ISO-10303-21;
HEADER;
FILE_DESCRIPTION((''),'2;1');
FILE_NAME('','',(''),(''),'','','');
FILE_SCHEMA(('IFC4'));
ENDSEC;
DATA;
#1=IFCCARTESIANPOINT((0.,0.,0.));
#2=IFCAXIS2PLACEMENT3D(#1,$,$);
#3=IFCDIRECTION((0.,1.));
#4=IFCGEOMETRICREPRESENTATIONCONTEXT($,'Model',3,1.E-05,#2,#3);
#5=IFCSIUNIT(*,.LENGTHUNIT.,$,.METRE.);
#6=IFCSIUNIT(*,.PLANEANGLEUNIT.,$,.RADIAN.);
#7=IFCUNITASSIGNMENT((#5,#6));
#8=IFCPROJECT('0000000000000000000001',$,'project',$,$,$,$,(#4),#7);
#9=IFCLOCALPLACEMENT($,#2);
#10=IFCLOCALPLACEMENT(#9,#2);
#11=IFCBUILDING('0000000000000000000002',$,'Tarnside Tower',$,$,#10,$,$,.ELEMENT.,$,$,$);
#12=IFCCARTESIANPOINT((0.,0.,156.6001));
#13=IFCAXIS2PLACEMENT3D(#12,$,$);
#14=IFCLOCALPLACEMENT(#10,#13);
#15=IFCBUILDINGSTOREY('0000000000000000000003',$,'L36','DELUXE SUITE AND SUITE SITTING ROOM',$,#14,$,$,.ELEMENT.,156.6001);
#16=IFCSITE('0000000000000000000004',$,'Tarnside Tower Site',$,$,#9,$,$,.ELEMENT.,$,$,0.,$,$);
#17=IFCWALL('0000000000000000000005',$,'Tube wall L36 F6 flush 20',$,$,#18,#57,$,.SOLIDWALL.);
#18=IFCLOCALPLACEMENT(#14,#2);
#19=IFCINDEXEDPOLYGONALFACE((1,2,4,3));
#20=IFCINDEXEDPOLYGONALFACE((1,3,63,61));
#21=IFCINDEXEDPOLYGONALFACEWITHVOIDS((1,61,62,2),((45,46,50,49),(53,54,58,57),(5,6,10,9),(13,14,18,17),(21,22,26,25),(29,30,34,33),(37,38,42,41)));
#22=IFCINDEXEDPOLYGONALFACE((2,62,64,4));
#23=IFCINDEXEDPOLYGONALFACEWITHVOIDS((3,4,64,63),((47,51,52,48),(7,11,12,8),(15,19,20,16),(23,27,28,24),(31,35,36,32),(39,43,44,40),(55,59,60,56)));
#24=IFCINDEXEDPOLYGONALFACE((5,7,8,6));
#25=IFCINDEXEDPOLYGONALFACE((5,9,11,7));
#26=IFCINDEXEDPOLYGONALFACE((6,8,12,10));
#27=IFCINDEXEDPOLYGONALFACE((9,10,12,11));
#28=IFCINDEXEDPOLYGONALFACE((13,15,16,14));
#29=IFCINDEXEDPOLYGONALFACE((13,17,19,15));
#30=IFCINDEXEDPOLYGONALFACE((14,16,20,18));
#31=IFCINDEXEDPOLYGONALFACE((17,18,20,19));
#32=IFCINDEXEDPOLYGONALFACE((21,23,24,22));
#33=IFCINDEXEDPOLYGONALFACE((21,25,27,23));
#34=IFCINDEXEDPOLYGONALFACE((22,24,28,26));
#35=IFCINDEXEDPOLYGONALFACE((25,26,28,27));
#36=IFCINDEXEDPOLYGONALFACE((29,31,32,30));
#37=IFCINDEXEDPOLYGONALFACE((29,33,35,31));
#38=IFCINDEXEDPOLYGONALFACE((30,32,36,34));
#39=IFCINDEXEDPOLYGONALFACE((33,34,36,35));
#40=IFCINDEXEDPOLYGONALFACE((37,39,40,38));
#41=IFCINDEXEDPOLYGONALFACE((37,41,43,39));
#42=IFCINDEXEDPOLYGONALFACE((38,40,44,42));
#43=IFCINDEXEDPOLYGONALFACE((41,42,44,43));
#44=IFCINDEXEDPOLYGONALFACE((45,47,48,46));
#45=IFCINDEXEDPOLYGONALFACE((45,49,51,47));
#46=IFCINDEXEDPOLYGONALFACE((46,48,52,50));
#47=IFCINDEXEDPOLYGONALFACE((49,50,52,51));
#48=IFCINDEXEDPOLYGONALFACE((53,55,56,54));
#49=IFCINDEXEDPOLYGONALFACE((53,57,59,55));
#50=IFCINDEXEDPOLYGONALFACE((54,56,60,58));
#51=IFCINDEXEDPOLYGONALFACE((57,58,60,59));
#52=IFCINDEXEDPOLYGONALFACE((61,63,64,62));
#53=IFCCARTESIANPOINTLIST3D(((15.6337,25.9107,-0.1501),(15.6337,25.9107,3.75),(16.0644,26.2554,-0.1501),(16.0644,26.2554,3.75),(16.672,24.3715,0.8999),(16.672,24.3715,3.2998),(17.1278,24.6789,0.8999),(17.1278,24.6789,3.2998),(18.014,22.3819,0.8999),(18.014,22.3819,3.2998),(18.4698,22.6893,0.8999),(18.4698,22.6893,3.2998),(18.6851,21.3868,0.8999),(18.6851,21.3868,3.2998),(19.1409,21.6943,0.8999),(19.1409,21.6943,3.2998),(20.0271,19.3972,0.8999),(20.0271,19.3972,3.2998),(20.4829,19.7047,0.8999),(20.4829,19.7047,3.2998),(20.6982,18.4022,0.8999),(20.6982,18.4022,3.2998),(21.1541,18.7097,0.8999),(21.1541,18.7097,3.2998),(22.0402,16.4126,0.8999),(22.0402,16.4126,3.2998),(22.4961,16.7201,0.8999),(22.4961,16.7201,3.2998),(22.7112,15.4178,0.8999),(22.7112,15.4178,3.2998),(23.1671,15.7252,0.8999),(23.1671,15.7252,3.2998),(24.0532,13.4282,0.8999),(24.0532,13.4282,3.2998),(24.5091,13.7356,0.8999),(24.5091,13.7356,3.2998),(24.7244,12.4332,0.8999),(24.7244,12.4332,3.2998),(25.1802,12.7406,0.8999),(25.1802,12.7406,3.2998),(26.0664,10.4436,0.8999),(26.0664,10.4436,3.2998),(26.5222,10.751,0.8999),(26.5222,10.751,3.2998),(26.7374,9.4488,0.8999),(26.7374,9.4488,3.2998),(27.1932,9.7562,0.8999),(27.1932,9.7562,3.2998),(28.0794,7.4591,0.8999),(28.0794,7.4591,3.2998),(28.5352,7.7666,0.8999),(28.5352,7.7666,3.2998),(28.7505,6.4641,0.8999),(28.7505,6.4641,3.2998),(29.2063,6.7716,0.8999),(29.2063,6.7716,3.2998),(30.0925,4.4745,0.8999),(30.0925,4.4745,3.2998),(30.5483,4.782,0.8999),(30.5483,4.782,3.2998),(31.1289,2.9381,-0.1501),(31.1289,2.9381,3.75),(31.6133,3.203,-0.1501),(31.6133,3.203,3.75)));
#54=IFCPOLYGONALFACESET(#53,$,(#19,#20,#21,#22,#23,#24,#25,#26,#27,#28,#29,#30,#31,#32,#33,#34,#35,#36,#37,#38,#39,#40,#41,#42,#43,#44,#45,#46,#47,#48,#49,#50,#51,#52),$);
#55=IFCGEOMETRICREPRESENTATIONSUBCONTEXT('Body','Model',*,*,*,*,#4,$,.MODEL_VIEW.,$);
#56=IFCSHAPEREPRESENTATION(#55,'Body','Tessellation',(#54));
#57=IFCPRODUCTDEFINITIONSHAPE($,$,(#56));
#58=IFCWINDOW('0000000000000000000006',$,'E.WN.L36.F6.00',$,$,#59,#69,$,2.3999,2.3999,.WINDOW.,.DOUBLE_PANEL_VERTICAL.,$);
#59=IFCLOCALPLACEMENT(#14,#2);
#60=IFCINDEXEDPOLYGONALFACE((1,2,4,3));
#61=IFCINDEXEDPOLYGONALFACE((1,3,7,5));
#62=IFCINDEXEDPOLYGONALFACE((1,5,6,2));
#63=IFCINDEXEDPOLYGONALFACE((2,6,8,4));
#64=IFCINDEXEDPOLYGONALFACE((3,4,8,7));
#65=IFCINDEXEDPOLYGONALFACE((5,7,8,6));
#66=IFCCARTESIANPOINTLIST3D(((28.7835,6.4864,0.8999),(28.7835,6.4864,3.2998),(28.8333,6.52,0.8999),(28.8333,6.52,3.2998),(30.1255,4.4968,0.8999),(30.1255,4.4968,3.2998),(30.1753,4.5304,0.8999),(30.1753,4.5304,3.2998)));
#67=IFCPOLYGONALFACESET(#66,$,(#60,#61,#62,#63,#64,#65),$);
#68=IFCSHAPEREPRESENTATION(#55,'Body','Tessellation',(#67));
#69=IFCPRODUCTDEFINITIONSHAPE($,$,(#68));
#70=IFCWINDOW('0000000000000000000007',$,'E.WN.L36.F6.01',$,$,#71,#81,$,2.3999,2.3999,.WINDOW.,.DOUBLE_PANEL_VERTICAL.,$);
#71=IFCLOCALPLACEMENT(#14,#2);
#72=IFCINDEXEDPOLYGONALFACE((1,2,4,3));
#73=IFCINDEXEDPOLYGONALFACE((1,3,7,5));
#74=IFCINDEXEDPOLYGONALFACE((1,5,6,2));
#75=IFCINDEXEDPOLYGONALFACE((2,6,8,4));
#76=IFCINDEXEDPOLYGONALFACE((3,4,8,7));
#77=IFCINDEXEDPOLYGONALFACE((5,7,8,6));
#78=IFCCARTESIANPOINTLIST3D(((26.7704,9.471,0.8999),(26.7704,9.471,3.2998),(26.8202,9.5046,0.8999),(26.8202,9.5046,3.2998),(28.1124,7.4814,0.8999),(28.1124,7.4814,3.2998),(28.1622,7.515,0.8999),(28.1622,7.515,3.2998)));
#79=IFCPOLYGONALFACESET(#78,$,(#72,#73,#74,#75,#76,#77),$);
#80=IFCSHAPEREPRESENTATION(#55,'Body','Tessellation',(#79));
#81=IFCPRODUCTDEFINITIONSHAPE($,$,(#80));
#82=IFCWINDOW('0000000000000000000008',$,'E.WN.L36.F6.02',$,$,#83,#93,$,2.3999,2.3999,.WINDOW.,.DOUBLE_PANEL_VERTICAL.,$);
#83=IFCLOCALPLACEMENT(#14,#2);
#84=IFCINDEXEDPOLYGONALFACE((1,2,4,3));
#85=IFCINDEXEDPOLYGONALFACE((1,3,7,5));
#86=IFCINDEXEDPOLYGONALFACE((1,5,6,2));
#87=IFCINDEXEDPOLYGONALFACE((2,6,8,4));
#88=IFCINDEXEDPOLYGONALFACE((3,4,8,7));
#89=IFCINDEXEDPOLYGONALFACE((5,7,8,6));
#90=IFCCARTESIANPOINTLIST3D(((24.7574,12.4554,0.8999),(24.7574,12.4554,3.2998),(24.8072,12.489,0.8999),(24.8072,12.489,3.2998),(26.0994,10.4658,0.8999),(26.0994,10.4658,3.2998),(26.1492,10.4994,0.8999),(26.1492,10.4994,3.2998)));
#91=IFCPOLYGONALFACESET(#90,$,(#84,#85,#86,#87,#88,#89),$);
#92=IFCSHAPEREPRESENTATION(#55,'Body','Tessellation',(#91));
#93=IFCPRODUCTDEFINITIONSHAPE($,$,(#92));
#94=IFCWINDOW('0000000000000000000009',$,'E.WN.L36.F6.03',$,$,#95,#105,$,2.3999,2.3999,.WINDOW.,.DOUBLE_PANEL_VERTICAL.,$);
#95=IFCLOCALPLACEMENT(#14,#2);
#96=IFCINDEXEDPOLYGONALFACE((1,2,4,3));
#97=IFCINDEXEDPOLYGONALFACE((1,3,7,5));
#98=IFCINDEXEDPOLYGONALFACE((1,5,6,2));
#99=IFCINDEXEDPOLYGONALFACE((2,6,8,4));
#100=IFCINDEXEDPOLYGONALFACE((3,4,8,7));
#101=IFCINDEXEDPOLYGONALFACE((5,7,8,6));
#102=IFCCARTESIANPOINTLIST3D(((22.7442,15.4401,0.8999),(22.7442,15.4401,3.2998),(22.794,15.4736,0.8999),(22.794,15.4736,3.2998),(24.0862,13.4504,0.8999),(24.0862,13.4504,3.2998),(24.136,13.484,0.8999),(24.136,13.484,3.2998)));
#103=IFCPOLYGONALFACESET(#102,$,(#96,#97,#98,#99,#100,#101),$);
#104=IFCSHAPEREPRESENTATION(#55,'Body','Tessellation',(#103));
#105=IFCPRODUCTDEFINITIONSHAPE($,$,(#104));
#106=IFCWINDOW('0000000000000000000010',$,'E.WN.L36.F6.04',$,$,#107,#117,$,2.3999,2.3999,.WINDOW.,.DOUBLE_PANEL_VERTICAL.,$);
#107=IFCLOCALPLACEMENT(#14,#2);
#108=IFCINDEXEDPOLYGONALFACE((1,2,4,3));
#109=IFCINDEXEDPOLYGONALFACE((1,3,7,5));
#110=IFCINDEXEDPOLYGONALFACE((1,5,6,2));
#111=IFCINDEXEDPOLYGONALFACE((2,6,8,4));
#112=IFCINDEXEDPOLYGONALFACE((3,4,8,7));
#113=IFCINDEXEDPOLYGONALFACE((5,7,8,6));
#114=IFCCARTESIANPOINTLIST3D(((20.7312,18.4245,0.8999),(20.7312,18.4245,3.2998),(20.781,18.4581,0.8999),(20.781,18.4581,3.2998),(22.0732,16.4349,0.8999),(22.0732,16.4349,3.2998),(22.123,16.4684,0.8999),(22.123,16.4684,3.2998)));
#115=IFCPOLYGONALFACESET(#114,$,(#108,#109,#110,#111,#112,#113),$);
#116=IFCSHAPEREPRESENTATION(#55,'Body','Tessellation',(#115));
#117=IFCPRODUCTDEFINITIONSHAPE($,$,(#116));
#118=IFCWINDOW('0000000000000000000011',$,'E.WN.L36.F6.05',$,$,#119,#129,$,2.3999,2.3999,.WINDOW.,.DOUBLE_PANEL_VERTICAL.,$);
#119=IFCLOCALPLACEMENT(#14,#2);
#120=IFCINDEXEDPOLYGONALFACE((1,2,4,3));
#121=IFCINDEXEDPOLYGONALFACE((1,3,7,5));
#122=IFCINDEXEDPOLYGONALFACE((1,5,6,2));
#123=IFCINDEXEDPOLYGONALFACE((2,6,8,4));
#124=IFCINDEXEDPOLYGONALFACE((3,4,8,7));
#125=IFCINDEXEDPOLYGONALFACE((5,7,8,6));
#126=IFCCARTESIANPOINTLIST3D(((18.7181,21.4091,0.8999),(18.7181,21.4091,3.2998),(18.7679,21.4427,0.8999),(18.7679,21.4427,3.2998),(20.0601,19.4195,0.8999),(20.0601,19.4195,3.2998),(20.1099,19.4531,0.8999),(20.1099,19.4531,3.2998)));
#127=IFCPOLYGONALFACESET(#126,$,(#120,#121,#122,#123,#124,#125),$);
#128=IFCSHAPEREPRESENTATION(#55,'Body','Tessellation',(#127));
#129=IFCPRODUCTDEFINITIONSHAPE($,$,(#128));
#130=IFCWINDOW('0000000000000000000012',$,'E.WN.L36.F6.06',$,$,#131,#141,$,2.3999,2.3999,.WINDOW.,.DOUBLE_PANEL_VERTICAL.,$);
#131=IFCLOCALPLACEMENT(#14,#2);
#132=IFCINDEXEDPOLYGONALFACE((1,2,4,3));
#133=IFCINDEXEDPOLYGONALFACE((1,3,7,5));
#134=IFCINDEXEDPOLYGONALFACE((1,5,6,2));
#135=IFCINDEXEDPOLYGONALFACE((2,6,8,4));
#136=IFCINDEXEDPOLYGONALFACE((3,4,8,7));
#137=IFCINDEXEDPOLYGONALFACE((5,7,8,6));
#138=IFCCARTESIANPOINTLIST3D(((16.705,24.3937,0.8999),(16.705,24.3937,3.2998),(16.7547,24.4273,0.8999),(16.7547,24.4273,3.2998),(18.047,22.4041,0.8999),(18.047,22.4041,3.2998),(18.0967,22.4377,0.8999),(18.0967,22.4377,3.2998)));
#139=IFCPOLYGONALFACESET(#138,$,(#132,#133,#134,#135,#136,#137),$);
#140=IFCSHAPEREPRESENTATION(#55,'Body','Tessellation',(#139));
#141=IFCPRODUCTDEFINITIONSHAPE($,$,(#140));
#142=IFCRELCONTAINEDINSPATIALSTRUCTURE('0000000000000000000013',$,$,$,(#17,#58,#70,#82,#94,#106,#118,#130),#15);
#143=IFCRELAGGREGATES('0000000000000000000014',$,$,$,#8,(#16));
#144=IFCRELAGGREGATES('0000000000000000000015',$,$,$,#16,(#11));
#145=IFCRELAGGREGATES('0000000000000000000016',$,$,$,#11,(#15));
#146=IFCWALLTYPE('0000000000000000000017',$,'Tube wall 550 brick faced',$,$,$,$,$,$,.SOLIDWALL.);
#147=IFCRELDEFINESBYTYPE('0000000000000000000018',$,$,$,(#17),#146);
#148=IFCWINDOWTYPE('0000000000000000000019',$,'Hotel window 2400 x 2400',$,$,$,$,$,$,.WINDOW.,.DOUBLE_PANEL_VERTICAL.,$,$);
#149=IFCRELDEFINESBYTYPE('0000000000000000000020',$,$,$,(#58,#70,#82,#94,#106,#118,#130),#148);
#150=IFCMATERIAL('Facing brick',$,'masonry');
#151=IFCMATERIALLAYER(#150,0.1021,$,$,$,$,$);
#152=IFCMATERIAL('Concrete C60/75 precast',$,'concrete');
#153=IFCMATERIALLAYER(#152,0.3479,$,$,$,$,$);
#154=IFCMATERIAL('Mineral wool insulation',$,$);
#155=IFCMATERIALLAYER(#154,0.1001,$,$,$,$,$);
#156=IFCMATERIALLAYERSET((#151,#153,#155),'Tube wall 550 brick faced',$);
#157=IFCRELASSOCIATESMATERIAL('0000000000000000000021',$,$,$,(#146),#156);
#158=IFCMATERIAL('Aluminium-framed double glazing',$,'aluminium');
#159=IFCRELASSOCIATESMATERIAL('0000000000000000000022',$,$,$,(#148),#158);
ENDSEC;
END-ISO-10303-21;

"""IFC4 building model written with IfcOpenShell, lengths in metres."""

from ifc_helpers import new_model, si_unit, direction, frame, frame_2d, origin, place, context, subcontext, project, spatial, polyline, rectangle, outline, extrude, material, layer, layer_set, type_object, element, fill, save


model = new_model("IFC4")

# Units and contexts
model_context = context("Model", 3, precision=1e-05, world=origin(), true_north=direction((0.0, 1.0)))
body_context = subcontext(model_context, "Body", "Model", "MODEL_VIEW")
ifc_project = project(units=[si_unit("LENGTHUNIT", "METRE"), si_unit("PLANEANGLEUNIT", "RADIAN")], contexts=[model_context])

# Site, building, storey
site_placement = place(None, origin())
site = spatial("IfcSite", under=ifc_project, at=site_placement, Name="Tarnside Tower Site", CompositionType="ELEMENT", RefElevation=0.0)
building_placement = place(site_placement, origin())
building = spatial("IfcBuilding", under=site, at=building_placement, Name="Tarnside Tower", CompositionType="ELEMENT")
storey_placement = place(building_placement, frame((0.0, 0.0, 156.6001)))
storey = spatial("IfcBuildingStorey", under=building, at=storey_placement, Name="L36", Description="DELUXE SUITE AND SUITE SITTING ROOM", CompositionType="ELEMENT", Elevation=156.6001)

# Shared definitions
ifc_material_1 = material(Name="Facing brick", Category="masonry")
ifc_layer_1 = layer(ifc_material_1, 0.1021)
ifc_material_2 = material(Name="Concrete C60/75 precast", Category="concrete")
ifc_layer_2 = layer(ifc_material_2, 0.3479)
ifc_material_3 = material(Name="Mineral wool insulation")
ifc_layer_3 = layer(ifc_material_3, 0.1001)
ifc_layer_set_1 = layer_set([ifc_layer_1, ifc_layer_2, ifc_layer_3], Name="Tube wall 550 brick faced")
wall_type_1 = type_object("IfcWallType", Name="Tube wall 550 brick faced", PredefinedType="SOLIDWALL", material=ifc_layer_set_1)

# Wall, openings, windows
wall_1_placement = place(storey_placement, frame((31.3711, 3.0706, -0.1501), z_axis=(0.0, 0.0, 1.0), x_axis=(-0.55919, 0.82904, 0.0)))
wall_1 = element("IfcWall", 1, at=wall_1_placement, inside=storey, type_object=wall_type_1, Name="Tube wall L36 F6 flush 20", PredefinedType="SOLIDWALL", context=body_context, shape_type="SweptSolid", body=[
    extrude(outline(polyline([(-0.0256, -0.2749), (27.7805, -0.2749), (27.7356, 0.2749), (0.0256, 0.2749), (-0.0256, -0.2749)])), origin(), (0.0, 0.0, 1.0), 3.9001),
])
opening_1_placement = place(wall_1_placement, frame((1.8789, 0.0, 1.05)))
opening_1 = element("IfcOpeningElement", 2, at=opening_1_placement, cuts=wall_1, PredefinedType="OPENING", context=body_context, shape_type="SweptSolid", body=[
    extrude(rectangle(XDim=2.3999, YDim=2.3999, at=frame_2d((1.2, 1.2))), frame((0.0, 0.2852, 0.0), z_axis=(0.0, -1.0, 0.0), x_axis=(1.0, 0.0, 0.0)), (0.0, 0.0, 1.0), 0.5701),
])
opening_2_placement = place(wall_1_placement, frame((5.479, 0.0, 1.05)))
opening_2 = element("IfcOpeningElement", 3, at=opening_2_placement, cuts=wall_1, PredefinedType="OPENING", context=body_context, shape_type="SweptSolid", body=[
    extrude(rectangle(XDim=2.3999, YDim=2.3999, at=frame_2d((1.2, 1.2))), frame((0.0, 0.2852, 0.0), z_axis=(0.0, -1.0, 0.0), x_axis=(1.0, 0.0, 0.0)), (0.0, 0.0, 1.0), 0.5701),
])
opening_3_placement = place(wall_1_placement, frame((9.0789, 0.0, 1.05)))
opening_3 = element("IfcOpeningElement", 4, at=opening_3_placement, cuts=wall_1, PredefinedType="OPENING", context=body_context, shape_type="SweptSolid", body=[
    extrude(rectangle(XDim=2.3999, YDim=2.3999, at=frame_2d((1.2, 1.2))), frame((0.0, 0.2852, 0.0), z_axis=(0.0, -1.0, 0.0), x_axis=(1.0, 0.0, 0.0)), (0.0, 0.0, 1.0), 0.5701),
])
opening_4_placement = place(wall_1_placement, frame((12.679, 0.0, 1.05)))
opening_4 = element("IfcOpeningElement", 5, at=opening_4_placement, cuts=wall_1, PredefinedType="OPENING", context=body_context, shape_type="SweptSolid", body=[
    extrude(rectangle(XDim=2.3999, YDim=2.3999, at=frame_2d((1.2, 1.2))), frame((0.0, 0.2852, 0.0), z_axis=(0.0, -1.0, 0.0), x_axis=(1.0, 0.0, 0.0)), (0.0, 0.0, 1.0), 0.5701),
])
opening_5_placement = place(wall_1_placement, frame((16.2788, 0.0, 1.05)))
opening_5 = element("IfcOpeningElement", 6, at=opening_5_placement, cuts=wall_1, PredefinedType="OPENING", context=body_context, shape_type="SweptSolid", body=[
    extrude(rectangle(XDim=2.3999, YDim=2.3999, at=frame_2d((1.2, 1.2))), frame((0.0, 0.2852, 0.0), z_axis=(0.0, -1.0, 0.0), x_axis=(1.0, 0.0, 0.0)), (0.0, 0.0, 1.0), 0.5701),
])
opening_6_placement = place(wall_1_placement, frame((19.8789, 0.0, 1.05)))
opening_6 = element("IfcOpeningElement", 7, at=opening_6_placement, cuts=wall_1, PredefinedType="OPENING", context=body_context, shape_type="SweptSolid", body=[
    extrude(rectangle(XDim=2.3999, YDim=2.3999, at=frame_2d((1.2, 1.2))), frame((0.0, 0.2852, 0.0), z_axis=(0.0, -1.0, 0.0), x_axis=(1.0, 0.0, 0.0)), (0.0, 0.0, 1.0), 0.5701),
])
opening_7_placement = place(wall_1_placement, frame((23.479, 0.0, 1.05)))
opening_7 = element("IfcOpeningElement", 8, at=opening_7_placement, cuts=wall_1, PredefinedType="OPENING", context=body_context, shape_type="SweptSolid", body=[
    extrude(rectangle(XDim=2.3999, YDim=2.3999, at=frame_2d((1.2, 1.2))), frame((0.0, 0.2852, 0.0), z_axis=(0.0, -1.0, 0.0), x_axis=(1.0, 0.0, 0.0)), (0.0, 0.0, 1.0), 0.5701),
])
ifc_material_4 = material(Name="Aluminium-framed double glazing", Category="aluminium")
window_type = type_object("IfcWindowType", Name="Hotel window 2400 x 2400", PartitioningType="DOUBLE_PANEL_VERTICAL", PredefinedType="WINDOW", material=ifc_material_4)
window_1_placement = place(opening_1_placement, frame((0.0, 0.2051, 0.0)))
window_1 = element("IfcWindow", 9, at=window_1_placement, inside=storey, type_object=window_type, Name="E.WN.L36.F6.00", OverallHeight=2.3999, OverallWidth=2.3999, PartitioningType="DOUBLE_PANEL_VERTICAL", PredefinedType="WINDOW", context=body_context, shape_type="SweptSolid", body=[
    extrude(rectangle(XDim=2.3999, YDim=2.3999, at=frame_2d((1.2, 1.2))), frame((0.0, 0.03, 0.0), z_axis=(0.0, -1.0, 0.0), x_axis=(1.0, 0.0, 0.0)), (0.0, 0.0, 1.0), 0.0601),
])
fill(opening_1, window_1)
window_2_placement = place(opening_2_placement, frame((0.0, 0.2051, 0.0)))
window_2 = element("IfcWindow", 10, at=window_2_placement, inside=storey, type_object=window_type, Name="E.WN.L36.F6.01", OverallHeight=2.3999, OverallWidth=2.3999, PartitioningType="DOUBLE_PANEL_VERTICAL", PredefinedType="WINDOW", context=body_context, shape_type="SweptSolid", body=[
    extrude(rectangle(XDim=2.3999, YDim=2.3999, at=frame_2d((1.2, 1.2))), frame((0.0, 0.03, 0.0), z_axis=(0.0, -1.0, 0.0), x_axis=(1.0, 0.0, 0.0)), (0.0, 0.0, 1.0), 0.0601),
])
fill(opening_2, window_2)
window_3_placement = place(opening_3_placement, frame((0.0, 0.2051, 0.0)))
window_3 = element("IfcWindow", 11, at=window_3_placement, inside=storey, type_object=window_type, Name="E.WN.L36.F6.02", OverallHeight=2.3999, OverallWidth=2.3999, PartitioningType="DOUBLE_PANEL_VERTICAL", PredefinedType="WINDOW", context=body_context, shape_type="SweptSolid", body=[
    extrude(rectangle(XDim=2.3999, YDim=2.3999, at=frame_2d((1.2, 1.2))), frame((0.0, 0.03, 0.0), z_axis=(0.0, -1.0, 0.0), x_axis=(1.0, 0.0, 0.0)), (0.0, 0.0, 1.0), 0.0601),
])
fill(opening_3, window_3)
window_4_placement = place(opening_4_placement, frame((0.0, 0.2051, 0.0)))
window_4 = element("IfcWindow", 12, at=window_4_placement, inside=storey, type_object=window_type, Name="E.WN.L36.F6.03", OverallHeight=2.3999, OverallWidth=2.3999, PartitioningType="DOUBLE_PANEL_VERTICAL", PredefinedType="WINDOW", context=body_context, shape_type="SweptSolid", body=[
    extrude(rectangle(XDim=2.3999, YDim=2.3999, at=frame_2d((1.2, 1.2))), frame((0.0, 0.03, 0.0), z_axis=(0.0, -1.0, 0.0), x_axis=(1.0, 0.0, 0.0)), (0.0, 0.0, 1.0), 0.0601),
])
fill(opening_4, window_4)
window_5_placement = place(opening_5_placement, frame((0.0, 0.2051, 0.0)))
window_5 = element("IfcWindow", 13, at=window_5_placement, inside=storey, type_object=window_type, Name="E.WN.L36.F6.04", OverallHeight=2.3999, OverallWidth=2.3999, PartitioningType="DOUBLE_PANEL_VERTICAL", PredefinedType="WINDOW", context=body_context, shape_type="SweptSolid", body=[
    extrude(rectangle(XDim=2.3999, YDim=2.3999, at=frame_2d((1.2, 1.2))), frame((0.0, 0.03, 0.0), z_axis=(0.0, -1.0, 0.0), x_axis=(1.0, 0.0, 0.0)), (0.0, 0.0, 1.0), 0.0601),
])
fill(opening_5, window_5)
window_6_placement = place(opening_6_placement, frame((0.0, 0.2051, 0.0)))
window_6 = element("IfcWindow", 14, at=window_6_placement, inside=storey, type_object=window_type, Name="E.WN.L36.F6.05", OverallHeight=2.3999, OverallWidth=2.3999, PartitioningType="DOUBLE_PANEL_VERTICAL", PredefinedType="WINDOW", context=body_context, shape_type="SweptSolid", body=[
    extrude(rectangle(XDim=2.3999, YDim=2.3999, at=frame_2d((1.2, 1.2))), frame((0.0, 0.03, 0.0), z_axis=(0.0, -1.0, 0.0), x_axis=(1.0, 0.0, 0.0)), (0.0, 0.0, 1.0), 0.0601),
])
fill(opening_6, window_6)
window_7_placement = place(opening_7_placement, frame((0.0, 0.2051, 0.0)))
window_7 = element("IfcWindow", 15, at=window_7_placement, inside=storey, type_object=window_type, Name="E.WN.L36.F6.06", OverallHeight=2.3999, OverallWidth=2.3999, PartitioningType="DOUBLE_PANEL_VERTICAL", PredefinedType="WINDOW", context=body_context, shape_type="SweptSolid", body=[
    extrude(rectangle(XDim=2.3999, YDim=2.3999, at=frame_2d((1.2, 1.2))), frame((0.0, 0.03, 0.0), z_axis=(0.0, -1.0, 0.0), x_axis=(1.0, 0.0, 0.0)), (0.0, 0.0, 1.0), 0.0601),
])
fill(opening_7, window_7)

save(model, "model.ifc")
